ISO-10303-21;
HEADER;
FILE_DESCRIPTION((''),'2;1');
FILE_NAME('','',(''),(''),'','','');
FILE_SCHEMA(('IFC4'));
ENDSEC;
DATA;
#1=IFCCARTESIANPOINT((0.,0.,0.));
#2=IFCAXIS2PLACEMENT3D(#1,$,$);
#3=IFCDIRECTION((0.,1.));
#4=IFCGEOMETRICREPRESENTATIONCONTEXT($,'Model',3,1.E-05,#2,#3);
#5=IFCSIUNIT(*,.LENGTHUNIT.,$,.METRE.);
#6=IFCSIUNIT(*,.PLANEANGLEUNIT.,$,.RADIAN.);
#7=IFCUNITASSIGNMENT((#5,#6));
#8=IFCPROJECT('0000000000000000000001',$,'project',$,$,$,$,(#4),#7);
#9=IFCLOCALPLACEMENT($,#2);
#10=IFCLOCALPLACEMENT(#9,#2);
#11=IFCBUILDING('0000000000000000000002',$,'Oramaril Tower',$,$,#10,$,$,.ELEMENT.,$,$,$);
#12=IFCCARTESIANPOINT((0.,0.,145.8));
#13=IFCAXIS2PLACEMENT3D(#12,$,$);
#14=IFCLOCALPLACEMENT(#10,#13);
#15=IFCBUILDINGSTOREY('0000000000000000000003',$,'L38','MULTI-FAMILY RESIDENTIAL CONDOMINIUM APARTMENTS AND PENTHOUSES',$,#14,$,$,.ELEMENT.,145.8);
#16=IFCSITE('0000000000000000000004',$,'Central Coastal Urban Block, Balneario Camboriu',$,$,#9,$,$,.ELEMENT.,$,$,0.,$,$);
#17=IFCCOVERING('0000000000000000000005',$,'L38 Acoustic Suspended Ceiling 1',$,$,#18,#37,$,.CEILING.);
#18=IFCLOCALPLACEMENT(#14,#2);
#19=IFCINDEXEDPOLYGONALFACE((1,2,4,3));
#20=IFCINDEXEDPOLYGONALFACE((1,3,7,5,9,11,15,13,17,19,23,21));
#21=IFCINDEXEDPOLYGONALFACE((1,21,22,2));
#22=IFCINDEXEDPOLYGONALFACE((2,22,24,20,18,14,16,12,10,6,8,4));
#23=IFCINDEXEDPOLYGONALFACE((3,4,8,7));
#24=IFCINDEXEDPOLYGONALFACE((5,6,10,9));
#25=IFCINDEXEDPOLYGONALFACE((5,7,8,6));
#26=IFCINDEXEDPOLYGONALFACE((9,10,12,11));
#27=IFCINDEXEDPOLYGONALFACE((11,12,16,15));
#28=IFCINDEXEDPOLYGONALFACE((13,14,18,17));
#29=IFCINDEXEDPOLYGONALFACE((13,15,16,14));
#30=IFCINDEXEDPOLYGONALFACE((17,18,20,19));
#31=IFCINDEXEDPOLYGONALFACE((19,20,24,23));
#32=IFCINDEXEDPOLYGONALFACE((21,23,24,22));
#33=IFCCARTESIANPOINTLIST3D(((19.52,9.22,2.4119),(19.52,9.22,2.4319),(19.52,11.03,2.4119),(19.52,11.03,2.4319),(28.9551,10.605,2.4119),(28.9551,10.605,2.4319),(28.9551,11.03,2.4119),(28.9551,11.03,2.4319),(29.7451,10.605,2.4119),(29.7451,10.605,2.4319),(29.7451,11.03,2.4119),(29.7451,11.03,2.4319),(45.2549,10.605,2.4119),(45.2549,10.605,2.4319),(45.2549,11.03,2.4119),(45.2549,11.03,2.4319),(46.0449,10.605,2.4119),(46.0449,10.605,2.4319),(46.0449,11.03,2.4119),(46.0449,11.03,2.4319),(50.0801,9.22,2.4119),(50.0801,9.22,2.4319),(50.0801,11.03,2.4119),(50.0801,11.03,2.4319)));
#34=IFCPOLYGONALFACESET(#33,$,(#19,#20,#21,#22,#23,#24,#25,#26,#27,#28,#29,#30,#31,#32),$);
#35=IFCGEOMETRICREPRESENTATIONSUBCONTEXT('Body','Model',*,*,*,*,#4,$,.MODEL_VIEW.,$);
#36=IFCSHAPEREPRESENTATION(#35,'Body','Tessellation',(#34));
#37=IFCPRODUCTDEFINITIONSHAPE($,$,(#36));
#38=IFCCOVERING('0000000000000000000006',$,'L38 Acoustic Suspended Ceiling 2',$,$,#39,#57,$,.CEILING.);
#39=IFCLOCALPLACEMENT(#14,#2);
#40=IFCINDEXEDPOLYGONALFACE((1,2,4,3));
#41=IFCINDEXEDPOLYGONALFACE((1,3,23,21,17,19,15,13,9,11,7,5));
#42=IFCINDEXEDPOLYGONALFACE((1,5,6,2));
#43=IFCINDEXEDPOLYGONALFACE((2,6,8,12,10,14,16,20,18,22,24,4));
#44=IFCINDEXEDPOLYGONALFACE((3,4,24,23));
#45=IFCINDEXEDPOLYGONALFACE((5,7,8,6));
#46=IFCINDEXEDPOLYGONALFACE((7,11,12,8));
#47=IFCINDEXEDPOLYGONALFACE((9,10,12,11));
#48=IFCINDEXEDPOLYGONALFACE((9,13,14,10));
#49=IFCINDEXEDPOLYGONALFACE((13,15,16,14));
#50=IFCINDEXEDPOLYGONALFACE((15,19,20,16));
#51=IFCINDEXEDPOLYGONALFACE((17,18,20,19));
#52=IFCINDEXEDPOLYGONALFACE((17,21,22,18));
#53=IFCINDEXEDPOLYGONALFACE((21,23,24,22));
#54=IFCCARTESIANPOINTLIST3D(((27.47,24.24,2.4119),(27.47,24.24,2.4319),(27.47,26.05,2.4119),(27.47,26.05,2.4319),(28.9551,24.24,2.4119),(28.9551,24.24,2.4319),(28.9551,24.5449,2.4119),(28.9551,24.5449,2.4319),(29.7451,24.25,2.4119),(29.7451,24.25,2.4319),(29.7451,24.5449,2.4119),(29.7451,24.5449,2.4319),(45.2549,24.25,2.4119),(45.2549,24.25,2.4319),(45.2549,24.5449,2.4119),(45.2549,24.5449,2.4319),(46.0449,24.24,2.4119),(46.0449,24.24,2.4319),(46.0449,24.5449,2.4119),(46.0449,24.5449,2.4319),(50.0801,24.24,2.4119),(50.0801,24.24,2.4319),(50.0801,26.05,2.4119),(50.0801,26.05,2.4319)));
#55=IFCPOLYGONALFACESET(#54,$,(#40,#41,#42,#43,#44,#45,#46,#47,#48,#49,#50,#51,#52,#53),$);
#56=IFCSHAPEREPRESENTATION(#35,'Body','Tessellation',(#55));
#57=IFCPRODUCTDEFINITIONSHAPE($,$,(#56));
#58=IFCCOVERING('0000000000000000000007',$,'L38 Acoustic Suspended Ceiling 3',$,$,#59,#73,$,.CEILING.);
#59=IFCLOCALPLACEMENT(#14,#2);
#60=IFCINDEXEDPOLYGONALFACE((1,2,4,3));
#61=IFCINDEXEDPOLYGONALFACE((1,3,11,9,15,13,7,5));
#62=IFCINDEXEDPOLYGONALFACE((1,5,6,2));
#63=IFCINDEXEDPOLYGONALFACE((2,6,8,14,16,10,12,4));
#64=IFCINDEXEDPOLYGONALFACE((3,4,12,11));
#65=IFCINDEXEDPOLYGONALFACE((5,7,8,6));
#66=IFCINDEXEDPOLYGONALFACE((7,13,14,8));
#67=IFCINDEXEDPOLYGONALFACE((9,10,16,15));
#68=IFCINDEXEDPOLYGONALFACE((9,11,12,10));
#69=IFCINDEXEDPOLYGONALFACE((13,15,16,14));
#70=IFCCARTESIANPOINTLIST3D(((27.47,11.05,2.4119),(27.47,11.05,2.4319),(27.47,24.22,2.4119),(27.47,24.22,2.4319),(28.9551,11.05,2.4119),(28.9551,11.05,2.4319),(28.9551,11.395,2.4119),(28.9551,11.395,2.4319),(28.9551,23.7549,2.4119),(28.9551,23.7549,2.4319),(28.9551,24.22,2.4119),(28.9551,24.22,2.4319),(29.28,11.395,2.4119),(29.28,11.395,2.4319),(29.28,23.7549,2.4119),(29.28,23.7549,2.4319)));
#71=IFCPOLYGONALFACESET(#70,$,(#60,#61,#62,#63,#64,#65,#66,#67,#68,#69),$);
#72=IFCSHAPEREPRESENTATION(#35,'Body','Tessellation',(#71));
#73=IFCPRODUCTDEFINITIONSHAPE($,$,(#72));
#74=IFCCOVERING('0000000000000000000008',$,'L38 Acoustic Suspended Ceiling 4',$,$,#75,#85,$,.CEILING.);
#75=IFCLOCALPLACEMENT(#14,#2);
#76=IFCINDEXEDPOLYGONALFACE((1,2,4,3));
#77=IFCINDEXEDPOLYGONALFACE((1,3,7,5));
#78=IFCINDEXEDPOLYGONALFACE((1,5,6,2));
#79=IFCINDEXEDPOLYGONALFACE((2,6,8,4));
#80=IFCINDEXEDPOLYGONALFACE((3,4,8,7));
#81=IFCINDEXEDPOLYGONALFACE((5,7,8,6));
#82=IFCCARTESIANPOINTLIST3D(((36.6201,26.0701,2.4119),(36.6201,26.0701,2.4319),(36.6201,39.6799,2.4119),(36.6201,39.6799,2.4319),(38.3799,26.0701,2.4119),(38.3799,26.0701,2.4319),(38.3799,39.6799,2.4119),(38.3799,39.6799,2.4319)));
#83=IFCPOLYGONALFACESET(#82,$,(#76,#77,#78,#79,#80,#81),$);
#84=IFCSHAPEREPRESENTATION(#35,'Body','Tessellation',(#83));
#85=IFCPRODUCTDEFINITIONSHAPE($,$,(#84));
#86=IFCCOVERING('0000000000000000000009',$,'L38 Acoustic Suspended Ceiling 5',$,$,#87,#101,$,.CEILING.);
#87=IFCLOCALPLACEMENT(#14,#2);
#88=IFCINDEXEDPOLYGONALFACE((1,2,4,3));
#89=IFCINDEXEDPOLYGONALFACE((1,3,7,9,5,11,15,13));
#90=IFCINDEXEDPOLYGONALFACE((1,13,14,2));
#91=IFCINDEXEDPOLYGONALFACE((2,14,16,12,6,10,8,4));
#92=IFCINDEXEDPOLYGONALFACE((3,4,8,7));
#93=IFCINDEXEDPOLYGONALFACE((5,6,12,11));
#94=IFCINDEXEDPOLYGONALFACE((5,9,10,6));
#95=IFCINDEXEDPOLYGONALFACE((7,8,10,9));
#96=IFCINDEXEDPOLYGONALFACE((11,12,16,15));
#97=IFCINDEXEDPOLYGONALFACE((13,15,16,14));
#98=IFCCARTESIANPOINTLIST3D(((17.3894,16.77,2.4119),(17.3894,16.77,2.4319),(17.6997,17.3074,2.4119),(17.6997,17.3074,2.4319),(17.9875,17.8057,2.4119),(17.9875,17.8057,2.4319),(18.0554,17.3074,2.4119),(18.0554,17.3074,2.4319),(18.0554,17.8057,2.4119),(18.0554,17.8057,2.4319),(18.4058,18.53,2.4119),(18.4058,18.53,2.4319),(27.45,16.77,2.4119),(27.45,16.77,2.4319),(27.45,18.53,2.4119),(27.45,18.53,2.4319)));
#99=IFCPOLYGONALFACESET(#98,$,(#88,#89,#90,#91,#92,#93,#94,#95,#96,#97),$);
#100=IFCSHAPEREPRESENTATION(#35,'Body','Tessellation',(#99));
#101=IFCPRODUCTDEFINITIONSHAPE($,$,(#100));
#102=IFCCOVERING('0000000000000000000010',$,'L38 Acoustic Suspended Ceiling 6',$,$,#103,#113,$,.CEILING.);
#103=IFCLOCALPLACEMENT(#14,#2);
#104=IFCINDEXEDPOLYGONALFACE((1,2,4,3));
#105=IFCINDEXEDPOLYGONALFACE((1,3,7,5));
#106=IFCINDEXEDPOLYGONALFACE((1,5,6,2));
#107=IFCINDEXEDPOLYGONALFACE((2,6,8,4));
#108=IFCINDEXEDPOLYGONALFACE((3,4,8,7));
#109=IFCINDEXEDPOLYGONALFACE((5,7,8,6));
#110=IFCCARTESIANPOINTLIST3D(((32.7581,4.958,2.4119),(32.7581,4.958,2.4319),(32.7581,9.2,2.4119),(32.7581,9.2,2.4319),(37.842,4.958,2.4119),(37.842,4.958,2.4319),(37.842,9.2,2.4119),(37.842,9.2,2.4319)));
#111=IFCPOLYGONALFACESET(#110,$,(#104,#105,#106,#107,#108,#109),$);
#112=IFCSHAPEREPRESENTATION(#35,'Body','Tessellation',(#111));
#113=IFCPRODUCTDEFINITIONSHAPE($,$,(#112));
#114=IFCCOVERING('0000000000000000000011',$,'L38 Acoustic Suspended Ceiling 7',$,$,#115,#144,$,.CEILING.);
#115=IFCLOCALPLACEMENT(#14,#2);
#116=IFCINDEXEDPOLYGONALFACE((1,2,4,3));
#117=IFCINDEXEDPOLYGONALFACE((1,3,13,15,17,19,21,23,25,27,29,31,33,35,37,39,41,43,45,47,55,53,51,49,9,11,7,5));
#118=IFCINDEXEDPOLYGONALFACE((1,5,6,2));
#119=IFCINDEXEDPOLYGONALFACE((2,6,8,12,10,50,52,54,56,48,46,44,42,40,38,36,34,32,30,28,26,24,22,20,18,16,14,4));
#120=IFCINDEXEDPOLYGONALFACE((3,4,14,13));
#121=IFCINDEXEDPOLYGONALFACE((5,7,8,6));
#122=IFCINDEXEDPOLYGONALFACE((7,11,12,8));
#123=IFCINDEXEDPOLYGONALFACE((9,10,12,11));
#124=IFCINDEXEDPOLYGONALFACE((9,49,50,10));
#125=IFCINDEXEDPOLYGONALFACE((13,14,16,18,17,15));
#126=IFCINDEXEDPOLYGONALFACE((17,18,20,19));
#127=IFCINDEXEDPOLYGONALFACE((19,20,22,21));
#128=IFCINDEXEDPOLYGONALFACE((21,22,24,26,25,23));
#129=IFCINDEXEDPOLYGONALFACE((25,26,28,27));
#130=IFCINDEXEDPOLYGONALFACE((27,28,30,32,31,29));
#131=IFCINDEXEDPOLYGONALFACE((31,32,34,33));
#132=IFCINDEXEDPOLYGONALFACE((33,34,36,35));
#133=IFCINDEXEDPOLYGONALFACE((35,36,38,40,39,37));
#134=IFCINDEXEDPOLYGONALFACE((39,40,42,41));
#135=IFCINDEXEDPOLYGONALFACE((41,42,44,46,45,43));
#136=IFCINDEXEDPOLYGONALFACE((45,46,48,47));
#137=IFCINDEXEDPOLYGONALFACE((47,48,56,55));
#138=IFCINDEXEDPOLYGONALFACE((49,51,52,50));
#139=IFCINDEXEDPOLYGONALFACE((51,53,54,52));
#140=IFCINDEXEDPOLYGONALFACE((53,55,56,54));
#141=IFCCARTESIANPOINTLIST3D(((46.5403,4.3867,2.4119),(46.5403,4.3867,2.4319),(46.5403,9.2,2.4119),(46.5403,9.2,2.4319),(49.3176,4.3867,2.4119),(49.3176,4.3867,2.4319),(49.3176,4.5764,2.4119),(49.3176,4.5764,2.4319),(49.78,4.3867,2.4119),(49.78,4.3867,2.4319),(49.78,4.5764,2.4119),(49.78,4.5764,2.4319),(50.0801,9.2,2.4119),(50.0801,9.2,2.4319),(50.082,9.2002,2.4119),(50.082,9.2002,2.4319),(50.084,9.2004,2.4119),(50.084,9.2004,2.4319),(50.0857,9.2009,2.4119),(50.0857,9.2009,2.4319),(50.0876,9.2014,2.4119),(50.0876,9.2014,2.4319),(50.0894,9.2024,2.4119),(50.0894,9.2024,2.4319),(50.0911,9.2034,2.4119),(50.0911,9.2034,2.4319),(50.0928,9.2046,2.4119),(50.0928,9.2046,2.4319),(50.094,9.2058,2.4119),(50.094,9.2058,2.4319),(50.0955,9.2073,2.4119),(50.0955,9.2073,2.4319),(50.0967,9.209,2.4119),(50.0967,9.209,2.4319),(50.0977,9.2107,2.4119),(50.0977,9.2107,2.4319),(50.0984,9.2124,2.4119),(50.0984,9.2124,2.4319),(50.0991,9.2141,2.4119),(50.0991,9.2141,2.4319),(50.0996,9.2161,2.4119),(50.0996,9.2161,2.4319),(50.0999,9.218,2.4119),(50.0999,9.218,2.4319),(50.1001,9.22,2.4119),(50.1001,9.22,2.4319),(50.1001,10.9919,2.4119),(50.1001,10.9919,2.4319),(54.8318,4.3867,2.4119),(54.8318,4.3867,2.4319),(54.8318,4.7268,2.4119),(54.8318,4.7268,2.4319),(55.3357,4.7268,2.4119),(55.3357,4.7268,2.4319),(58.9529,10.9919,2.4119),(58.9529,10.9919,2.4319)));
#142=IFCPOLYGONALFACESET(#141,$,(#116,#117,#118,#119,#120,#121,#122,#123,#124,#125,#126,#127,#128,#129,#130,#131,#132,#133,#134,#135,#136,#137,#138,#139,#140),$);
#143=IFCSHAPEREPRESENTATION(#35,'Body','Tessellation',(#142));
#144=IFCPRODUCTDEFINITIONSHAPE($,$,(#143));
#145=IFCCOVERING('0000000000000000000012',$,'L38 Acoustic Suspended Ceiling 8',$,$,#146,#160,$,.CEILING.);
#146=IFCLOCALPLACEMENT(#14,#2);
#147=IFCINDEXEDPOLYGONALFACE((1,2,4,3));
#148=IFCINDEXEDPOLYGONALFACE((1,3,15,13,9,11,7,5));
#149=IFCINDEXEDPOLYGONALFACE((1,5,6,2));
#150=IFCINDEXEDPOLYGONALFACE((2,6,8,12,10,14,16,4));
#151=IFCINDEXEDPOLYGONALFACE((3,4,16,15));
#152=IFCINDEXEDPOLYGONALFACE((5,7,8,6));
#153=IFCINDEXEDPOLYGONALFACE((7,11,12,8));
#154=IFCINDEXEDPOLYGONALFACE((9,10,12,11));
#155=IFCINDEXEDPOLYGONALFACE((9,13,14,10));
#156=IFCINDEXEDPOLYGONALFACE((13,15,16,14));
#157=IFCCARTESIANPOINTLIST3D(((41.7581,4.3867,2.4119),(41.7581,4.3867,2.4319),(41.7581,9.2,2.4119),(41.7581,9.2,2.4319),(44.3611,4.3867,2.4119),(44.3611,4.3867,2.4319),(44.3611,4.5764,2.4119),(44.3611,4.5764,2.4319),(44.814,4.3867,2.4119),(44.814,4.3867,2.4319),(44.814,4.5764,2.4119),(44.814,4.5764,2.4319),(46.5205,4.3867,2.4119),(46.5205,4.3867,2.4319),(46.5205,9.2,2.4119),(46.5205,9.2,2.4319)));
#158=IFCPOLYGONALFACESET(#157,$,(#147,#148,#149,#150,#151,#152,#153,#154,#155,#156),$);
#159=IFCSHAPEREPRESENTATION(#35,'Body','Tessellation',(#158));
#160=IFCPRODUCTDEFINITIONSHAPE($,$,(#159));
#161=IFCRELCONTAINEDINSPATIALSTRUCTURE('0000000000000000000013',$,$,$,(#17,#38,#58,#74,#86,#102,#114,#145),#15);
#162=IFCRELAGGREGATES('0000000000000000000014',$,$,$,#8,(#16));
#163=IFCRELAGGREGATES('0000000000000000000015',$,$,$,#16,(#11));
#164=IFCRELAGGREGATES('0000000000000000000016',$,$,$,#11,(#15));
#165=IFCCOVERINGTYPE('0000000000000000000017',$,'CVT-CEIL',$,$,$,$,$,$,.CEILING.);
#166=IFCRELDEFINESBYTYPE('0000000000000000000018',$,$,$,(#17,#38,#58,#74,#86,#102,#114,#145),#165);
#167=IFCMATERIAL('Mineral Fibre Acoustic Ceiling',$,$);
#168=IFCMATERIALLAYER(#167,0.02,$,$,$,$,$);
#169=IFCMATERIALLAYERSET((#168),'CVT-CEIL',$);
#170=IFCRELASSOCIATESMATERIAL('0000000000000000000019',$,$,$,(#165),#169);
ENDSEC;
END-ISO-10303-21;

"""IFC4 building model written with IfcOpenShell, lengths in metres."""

from ifc_helpers import new_model, si_unit, direction, frame, origin, place, context, subcontext, project, spatial, polyline, outline, extrude, material, layer, layer_set, type_object, element, save


model = new_model("IFC4")

# Units and contexts
model_context = context("Model", 3, precision=1e-05, world=origin(), true_north=direction((0.0, 1.0)))
body_context = subcontext(model_context, "Body", "Model", "MODEL_VIEW")
ifc_project = project(units=[si_unit("LENGTHUNIT", "METRE"), si_unit("PLANEANGLEUNIT", "RADIAN")], contexts=[model_context])

# Site, building, storey
site_placement = place(None, origin())
site = spatial("IfcSite", under=ifc_project, at=site_placement, Name="Central Coastal Urban Block, Balneario Camboriu", CompositionType="ELEMENT", RefElevation=0.0)
building_placement = place(site_placement, origin())
building = spatial("IfcBuilding", under=site, at=building_placement, Name="Oramaril Tower", CompositionType="ELEMENT")
storey_placement = place(building_placement, frame((0.0, 0.0, 145.8)))
storey = spatial("IfcBuildingStorey", under=building, at=storey_placement, Name="L38", Description="MULTI-FAMILY RESIDENTIAL CONDOMINIUM APARTMENTS AND PENTHOUSES", CompositionType="ELEMENT", Elevation=145.8)

# Coverings
ifc_material_1 = material(Name="Mineral Fibre Acoustic Ceiling")
ifc_layer_1 = layer(ifc_material_1, 0.02)
ifc_layer_set_1 = layer_set([ifc_layer_1], Name="CVT-CEIL")
covering_type_1 = type_object("IfcCoveringType", Name="CVT-CEIL", PredefinedType="CEILING", material=ifc_layer_set_1)
covering_1_placement = place(storey_placement, frame((0.0, 0.0, 2.4119)))
element("IfcCovering", 1, at=covering_1_placement, inside=storey, type_object=covering_type_1, Name="L38 Acoustic Suspended Ceiling 1", PredefinedType="CEILING", context=body_context, shape_type="SweptSolid", body=[
    extrude(outline(polyline([(28.9551, 10.605), (29.7451, 10.605), (29.7451, 11.03), (45.2549, 11.03), (45.2549, 10.605), (46.0449, 10.605), (46.0449, 11.03), (50.0801, 11.03), (50.0801, 9.22), (19.52, 9.22), (19.52, 11.03), (28.9551, 11.03), (28.9551, 10.605)])), origin(), (0.0, 0.0, 1.0), 0.02),
])
covering_2_placement = place(storey_placement, frame((0.0, 0.0, 2.4119)))
element("IfcCovering", 2, at=covering_2_placement, inside=storey, type_object=covering_type_1, Name="L38 Acoustic Suspended Ceiling 2", PredefinedType="CEILING", context=body_context, shape_type="SweptSolid", body=[
    extrude(outline(polyline([(50.0801, 24.24), (46.0449, 24.24), (46.0449, 24.5449), (45.2549, 24.5449), (45.2549, 24.25), (29.7451, 24.25), (29.7451, 24.5449), (28.9551, 24.5449), (28.9551, 24.24), (27.47, 24.24), (27.47, 26.05), (50.0801, 26.05), (50.0801, 24.24)])), origin(), (0.0, 0.0, 1.0), 0.02),
])
covering_3_placement = place(storey_placement, frame((0.0, 0.0, 2.4119)))
element("IfcCovering", 3, at=covering_3_placement, inside=storey, type_object=covering_type_1, Name="L38 Acoustic Suspended Ceiling 3", PredefinedType="CEILING", context=body_context, shape_type="SweptSolid", body=[
    extrude(outline(polyline([(28.9551, 23.7549), (29.28, 23.7549), (29.28, 11.395), (28.9551, 11.395), (28.9551, 11.05), (27.47, 11.05), (27.47, 24.22), (28.9551, 24.22), (28.9551, 23.7549)])), origin(), (0.0, 0.0, 1.0), 0.02),
])
covering_4_placement = place(storey_placement, frame((0.0, 0.0, 2.4119)))
element("IfcCovering", 4, at=covering_4_placement, inside=storey, type_object=covering_type_1, Name="L38 Acoustic Suspended Ceiling 4", PredefinedType="CEILING", context=body_context, shape_type="SweptSolid", body=[
    extrude(outline(polyline([(38.3799, 26.0701), (36.6201, 26.0701), (36.6201, 39.6799), (38.3799, 39.6799), (38.3799, 26.0701)])), origin(), (0.0, 0.0, 1.0), 0.02),
])
covering_5_placement = place(storey_placement, frame((0.0, 0.0, 2.4119)))
element("IfcCovering", 5, at=covering_5_placement, inside=storey, type_object=covering_type_1, Name="L38 Acoustic Suspended Ceiling 5", PredefinedType="CEILING", context=body_context, shape_type="SweptSolid", body=[
    extrude(outline(polyline([(17.3894, 16.77), (17.6997, 17.3074), (18.0554, 17.3074), (18.0554, 17.8057), (17.9875, 17.8057), (18.4058, 18.53), (27.45, 18.53), (27.45, 16.77), (17.3894, 16.77)])), origin(), (0.0, 0.0, 1.0), 0.02),
])
covering_6_placement = place(storey_placement, frame((0.0, 0.0, 2.4119)))
element("IfcCovering", 6, at=covering_6_placement, inside=storey, type_object=covering_type_1, Name="L38 Acoustic Suspended Ceiling 6", PredefinedType="CEILING", context=body_context, shape_type="SweptSolid", body=[
    extrude(outline(polyline([(32.7581, 4.958), (32.7581, 9.2), (37.842, 9.2), (37.842, 4.958), (32.7581, 4.958)])), origin(), (0.0, 0.0, 1.0), 0.02),
])
covering_7_placement = place(storey_placement, frame((0.0, 0.0, 2.4119)))
element("IfcCovering", 7, at=covering_7_placement, inside=storey, type_object=covering_type_1, Name="L38 Acoustic Suspended Ceiling 7", PredefinedType="CEILING", context=body_context, shape_type="SweptSolid", body=[
    extrude(outline(polyline([(58.9529, 10.9919), (55.3357, 4.7268), (54.8318, 4.7268), (54.8318, 4.3867), (49.78, 4.3867), (49.78, 4.5764), (49.3176, 4.5764), (49.3176, 4.3867), (46.5403, 4.3867), (46.5403, 9.2), (50.0801, 9.2), (50.082, 9.2002), (50.084, 9.2004), (50.0857, 9.2009), (50.0876, 9.2014), (50.0894, 9.2024), (50.0911, 9.2034), (50.0928, 9.2046), (50.094, 9.2058), (50.0955, 9.2073), (50.0967, 9.209), (50.0977, 9.2107), (50.0984, 9.2124), (50.0991, 9.2141), (50.0996, 9.2161), (50.0999, 9.218), (50.1001, 9.22), (50.1001, 10.9919), (58.9529, 10.9919)])), origin(), (0.0, 0.0, 1.0), 0.02),
])
covering_8_placement = place(storey_placement, frame((0.0, 0.0, 2.4119)))
element("IfcCovering", 8, at=covering_8_placement, inside=storey, type_object=covering_type_1, Name="L38 Acoustic Suspended Ceiling 8", PredefinedType="CEILING", context=body_context, shape_type="SweptSolid", body=[
    extrude(outline(polyline([(44.814, 4.3867), (44.814, 4.5764), (44.3611, 4.5764), (44.3611, 4.3867), (41.7581, 4.3867), (41.7581, 9.2), (46.5205, 9.2), (46.5205, 4.3867), (44.814, 4.3867)])), origin(), (0.0, 0.0, 1.0), 0.02),
])

save(model, "model.ifc")
